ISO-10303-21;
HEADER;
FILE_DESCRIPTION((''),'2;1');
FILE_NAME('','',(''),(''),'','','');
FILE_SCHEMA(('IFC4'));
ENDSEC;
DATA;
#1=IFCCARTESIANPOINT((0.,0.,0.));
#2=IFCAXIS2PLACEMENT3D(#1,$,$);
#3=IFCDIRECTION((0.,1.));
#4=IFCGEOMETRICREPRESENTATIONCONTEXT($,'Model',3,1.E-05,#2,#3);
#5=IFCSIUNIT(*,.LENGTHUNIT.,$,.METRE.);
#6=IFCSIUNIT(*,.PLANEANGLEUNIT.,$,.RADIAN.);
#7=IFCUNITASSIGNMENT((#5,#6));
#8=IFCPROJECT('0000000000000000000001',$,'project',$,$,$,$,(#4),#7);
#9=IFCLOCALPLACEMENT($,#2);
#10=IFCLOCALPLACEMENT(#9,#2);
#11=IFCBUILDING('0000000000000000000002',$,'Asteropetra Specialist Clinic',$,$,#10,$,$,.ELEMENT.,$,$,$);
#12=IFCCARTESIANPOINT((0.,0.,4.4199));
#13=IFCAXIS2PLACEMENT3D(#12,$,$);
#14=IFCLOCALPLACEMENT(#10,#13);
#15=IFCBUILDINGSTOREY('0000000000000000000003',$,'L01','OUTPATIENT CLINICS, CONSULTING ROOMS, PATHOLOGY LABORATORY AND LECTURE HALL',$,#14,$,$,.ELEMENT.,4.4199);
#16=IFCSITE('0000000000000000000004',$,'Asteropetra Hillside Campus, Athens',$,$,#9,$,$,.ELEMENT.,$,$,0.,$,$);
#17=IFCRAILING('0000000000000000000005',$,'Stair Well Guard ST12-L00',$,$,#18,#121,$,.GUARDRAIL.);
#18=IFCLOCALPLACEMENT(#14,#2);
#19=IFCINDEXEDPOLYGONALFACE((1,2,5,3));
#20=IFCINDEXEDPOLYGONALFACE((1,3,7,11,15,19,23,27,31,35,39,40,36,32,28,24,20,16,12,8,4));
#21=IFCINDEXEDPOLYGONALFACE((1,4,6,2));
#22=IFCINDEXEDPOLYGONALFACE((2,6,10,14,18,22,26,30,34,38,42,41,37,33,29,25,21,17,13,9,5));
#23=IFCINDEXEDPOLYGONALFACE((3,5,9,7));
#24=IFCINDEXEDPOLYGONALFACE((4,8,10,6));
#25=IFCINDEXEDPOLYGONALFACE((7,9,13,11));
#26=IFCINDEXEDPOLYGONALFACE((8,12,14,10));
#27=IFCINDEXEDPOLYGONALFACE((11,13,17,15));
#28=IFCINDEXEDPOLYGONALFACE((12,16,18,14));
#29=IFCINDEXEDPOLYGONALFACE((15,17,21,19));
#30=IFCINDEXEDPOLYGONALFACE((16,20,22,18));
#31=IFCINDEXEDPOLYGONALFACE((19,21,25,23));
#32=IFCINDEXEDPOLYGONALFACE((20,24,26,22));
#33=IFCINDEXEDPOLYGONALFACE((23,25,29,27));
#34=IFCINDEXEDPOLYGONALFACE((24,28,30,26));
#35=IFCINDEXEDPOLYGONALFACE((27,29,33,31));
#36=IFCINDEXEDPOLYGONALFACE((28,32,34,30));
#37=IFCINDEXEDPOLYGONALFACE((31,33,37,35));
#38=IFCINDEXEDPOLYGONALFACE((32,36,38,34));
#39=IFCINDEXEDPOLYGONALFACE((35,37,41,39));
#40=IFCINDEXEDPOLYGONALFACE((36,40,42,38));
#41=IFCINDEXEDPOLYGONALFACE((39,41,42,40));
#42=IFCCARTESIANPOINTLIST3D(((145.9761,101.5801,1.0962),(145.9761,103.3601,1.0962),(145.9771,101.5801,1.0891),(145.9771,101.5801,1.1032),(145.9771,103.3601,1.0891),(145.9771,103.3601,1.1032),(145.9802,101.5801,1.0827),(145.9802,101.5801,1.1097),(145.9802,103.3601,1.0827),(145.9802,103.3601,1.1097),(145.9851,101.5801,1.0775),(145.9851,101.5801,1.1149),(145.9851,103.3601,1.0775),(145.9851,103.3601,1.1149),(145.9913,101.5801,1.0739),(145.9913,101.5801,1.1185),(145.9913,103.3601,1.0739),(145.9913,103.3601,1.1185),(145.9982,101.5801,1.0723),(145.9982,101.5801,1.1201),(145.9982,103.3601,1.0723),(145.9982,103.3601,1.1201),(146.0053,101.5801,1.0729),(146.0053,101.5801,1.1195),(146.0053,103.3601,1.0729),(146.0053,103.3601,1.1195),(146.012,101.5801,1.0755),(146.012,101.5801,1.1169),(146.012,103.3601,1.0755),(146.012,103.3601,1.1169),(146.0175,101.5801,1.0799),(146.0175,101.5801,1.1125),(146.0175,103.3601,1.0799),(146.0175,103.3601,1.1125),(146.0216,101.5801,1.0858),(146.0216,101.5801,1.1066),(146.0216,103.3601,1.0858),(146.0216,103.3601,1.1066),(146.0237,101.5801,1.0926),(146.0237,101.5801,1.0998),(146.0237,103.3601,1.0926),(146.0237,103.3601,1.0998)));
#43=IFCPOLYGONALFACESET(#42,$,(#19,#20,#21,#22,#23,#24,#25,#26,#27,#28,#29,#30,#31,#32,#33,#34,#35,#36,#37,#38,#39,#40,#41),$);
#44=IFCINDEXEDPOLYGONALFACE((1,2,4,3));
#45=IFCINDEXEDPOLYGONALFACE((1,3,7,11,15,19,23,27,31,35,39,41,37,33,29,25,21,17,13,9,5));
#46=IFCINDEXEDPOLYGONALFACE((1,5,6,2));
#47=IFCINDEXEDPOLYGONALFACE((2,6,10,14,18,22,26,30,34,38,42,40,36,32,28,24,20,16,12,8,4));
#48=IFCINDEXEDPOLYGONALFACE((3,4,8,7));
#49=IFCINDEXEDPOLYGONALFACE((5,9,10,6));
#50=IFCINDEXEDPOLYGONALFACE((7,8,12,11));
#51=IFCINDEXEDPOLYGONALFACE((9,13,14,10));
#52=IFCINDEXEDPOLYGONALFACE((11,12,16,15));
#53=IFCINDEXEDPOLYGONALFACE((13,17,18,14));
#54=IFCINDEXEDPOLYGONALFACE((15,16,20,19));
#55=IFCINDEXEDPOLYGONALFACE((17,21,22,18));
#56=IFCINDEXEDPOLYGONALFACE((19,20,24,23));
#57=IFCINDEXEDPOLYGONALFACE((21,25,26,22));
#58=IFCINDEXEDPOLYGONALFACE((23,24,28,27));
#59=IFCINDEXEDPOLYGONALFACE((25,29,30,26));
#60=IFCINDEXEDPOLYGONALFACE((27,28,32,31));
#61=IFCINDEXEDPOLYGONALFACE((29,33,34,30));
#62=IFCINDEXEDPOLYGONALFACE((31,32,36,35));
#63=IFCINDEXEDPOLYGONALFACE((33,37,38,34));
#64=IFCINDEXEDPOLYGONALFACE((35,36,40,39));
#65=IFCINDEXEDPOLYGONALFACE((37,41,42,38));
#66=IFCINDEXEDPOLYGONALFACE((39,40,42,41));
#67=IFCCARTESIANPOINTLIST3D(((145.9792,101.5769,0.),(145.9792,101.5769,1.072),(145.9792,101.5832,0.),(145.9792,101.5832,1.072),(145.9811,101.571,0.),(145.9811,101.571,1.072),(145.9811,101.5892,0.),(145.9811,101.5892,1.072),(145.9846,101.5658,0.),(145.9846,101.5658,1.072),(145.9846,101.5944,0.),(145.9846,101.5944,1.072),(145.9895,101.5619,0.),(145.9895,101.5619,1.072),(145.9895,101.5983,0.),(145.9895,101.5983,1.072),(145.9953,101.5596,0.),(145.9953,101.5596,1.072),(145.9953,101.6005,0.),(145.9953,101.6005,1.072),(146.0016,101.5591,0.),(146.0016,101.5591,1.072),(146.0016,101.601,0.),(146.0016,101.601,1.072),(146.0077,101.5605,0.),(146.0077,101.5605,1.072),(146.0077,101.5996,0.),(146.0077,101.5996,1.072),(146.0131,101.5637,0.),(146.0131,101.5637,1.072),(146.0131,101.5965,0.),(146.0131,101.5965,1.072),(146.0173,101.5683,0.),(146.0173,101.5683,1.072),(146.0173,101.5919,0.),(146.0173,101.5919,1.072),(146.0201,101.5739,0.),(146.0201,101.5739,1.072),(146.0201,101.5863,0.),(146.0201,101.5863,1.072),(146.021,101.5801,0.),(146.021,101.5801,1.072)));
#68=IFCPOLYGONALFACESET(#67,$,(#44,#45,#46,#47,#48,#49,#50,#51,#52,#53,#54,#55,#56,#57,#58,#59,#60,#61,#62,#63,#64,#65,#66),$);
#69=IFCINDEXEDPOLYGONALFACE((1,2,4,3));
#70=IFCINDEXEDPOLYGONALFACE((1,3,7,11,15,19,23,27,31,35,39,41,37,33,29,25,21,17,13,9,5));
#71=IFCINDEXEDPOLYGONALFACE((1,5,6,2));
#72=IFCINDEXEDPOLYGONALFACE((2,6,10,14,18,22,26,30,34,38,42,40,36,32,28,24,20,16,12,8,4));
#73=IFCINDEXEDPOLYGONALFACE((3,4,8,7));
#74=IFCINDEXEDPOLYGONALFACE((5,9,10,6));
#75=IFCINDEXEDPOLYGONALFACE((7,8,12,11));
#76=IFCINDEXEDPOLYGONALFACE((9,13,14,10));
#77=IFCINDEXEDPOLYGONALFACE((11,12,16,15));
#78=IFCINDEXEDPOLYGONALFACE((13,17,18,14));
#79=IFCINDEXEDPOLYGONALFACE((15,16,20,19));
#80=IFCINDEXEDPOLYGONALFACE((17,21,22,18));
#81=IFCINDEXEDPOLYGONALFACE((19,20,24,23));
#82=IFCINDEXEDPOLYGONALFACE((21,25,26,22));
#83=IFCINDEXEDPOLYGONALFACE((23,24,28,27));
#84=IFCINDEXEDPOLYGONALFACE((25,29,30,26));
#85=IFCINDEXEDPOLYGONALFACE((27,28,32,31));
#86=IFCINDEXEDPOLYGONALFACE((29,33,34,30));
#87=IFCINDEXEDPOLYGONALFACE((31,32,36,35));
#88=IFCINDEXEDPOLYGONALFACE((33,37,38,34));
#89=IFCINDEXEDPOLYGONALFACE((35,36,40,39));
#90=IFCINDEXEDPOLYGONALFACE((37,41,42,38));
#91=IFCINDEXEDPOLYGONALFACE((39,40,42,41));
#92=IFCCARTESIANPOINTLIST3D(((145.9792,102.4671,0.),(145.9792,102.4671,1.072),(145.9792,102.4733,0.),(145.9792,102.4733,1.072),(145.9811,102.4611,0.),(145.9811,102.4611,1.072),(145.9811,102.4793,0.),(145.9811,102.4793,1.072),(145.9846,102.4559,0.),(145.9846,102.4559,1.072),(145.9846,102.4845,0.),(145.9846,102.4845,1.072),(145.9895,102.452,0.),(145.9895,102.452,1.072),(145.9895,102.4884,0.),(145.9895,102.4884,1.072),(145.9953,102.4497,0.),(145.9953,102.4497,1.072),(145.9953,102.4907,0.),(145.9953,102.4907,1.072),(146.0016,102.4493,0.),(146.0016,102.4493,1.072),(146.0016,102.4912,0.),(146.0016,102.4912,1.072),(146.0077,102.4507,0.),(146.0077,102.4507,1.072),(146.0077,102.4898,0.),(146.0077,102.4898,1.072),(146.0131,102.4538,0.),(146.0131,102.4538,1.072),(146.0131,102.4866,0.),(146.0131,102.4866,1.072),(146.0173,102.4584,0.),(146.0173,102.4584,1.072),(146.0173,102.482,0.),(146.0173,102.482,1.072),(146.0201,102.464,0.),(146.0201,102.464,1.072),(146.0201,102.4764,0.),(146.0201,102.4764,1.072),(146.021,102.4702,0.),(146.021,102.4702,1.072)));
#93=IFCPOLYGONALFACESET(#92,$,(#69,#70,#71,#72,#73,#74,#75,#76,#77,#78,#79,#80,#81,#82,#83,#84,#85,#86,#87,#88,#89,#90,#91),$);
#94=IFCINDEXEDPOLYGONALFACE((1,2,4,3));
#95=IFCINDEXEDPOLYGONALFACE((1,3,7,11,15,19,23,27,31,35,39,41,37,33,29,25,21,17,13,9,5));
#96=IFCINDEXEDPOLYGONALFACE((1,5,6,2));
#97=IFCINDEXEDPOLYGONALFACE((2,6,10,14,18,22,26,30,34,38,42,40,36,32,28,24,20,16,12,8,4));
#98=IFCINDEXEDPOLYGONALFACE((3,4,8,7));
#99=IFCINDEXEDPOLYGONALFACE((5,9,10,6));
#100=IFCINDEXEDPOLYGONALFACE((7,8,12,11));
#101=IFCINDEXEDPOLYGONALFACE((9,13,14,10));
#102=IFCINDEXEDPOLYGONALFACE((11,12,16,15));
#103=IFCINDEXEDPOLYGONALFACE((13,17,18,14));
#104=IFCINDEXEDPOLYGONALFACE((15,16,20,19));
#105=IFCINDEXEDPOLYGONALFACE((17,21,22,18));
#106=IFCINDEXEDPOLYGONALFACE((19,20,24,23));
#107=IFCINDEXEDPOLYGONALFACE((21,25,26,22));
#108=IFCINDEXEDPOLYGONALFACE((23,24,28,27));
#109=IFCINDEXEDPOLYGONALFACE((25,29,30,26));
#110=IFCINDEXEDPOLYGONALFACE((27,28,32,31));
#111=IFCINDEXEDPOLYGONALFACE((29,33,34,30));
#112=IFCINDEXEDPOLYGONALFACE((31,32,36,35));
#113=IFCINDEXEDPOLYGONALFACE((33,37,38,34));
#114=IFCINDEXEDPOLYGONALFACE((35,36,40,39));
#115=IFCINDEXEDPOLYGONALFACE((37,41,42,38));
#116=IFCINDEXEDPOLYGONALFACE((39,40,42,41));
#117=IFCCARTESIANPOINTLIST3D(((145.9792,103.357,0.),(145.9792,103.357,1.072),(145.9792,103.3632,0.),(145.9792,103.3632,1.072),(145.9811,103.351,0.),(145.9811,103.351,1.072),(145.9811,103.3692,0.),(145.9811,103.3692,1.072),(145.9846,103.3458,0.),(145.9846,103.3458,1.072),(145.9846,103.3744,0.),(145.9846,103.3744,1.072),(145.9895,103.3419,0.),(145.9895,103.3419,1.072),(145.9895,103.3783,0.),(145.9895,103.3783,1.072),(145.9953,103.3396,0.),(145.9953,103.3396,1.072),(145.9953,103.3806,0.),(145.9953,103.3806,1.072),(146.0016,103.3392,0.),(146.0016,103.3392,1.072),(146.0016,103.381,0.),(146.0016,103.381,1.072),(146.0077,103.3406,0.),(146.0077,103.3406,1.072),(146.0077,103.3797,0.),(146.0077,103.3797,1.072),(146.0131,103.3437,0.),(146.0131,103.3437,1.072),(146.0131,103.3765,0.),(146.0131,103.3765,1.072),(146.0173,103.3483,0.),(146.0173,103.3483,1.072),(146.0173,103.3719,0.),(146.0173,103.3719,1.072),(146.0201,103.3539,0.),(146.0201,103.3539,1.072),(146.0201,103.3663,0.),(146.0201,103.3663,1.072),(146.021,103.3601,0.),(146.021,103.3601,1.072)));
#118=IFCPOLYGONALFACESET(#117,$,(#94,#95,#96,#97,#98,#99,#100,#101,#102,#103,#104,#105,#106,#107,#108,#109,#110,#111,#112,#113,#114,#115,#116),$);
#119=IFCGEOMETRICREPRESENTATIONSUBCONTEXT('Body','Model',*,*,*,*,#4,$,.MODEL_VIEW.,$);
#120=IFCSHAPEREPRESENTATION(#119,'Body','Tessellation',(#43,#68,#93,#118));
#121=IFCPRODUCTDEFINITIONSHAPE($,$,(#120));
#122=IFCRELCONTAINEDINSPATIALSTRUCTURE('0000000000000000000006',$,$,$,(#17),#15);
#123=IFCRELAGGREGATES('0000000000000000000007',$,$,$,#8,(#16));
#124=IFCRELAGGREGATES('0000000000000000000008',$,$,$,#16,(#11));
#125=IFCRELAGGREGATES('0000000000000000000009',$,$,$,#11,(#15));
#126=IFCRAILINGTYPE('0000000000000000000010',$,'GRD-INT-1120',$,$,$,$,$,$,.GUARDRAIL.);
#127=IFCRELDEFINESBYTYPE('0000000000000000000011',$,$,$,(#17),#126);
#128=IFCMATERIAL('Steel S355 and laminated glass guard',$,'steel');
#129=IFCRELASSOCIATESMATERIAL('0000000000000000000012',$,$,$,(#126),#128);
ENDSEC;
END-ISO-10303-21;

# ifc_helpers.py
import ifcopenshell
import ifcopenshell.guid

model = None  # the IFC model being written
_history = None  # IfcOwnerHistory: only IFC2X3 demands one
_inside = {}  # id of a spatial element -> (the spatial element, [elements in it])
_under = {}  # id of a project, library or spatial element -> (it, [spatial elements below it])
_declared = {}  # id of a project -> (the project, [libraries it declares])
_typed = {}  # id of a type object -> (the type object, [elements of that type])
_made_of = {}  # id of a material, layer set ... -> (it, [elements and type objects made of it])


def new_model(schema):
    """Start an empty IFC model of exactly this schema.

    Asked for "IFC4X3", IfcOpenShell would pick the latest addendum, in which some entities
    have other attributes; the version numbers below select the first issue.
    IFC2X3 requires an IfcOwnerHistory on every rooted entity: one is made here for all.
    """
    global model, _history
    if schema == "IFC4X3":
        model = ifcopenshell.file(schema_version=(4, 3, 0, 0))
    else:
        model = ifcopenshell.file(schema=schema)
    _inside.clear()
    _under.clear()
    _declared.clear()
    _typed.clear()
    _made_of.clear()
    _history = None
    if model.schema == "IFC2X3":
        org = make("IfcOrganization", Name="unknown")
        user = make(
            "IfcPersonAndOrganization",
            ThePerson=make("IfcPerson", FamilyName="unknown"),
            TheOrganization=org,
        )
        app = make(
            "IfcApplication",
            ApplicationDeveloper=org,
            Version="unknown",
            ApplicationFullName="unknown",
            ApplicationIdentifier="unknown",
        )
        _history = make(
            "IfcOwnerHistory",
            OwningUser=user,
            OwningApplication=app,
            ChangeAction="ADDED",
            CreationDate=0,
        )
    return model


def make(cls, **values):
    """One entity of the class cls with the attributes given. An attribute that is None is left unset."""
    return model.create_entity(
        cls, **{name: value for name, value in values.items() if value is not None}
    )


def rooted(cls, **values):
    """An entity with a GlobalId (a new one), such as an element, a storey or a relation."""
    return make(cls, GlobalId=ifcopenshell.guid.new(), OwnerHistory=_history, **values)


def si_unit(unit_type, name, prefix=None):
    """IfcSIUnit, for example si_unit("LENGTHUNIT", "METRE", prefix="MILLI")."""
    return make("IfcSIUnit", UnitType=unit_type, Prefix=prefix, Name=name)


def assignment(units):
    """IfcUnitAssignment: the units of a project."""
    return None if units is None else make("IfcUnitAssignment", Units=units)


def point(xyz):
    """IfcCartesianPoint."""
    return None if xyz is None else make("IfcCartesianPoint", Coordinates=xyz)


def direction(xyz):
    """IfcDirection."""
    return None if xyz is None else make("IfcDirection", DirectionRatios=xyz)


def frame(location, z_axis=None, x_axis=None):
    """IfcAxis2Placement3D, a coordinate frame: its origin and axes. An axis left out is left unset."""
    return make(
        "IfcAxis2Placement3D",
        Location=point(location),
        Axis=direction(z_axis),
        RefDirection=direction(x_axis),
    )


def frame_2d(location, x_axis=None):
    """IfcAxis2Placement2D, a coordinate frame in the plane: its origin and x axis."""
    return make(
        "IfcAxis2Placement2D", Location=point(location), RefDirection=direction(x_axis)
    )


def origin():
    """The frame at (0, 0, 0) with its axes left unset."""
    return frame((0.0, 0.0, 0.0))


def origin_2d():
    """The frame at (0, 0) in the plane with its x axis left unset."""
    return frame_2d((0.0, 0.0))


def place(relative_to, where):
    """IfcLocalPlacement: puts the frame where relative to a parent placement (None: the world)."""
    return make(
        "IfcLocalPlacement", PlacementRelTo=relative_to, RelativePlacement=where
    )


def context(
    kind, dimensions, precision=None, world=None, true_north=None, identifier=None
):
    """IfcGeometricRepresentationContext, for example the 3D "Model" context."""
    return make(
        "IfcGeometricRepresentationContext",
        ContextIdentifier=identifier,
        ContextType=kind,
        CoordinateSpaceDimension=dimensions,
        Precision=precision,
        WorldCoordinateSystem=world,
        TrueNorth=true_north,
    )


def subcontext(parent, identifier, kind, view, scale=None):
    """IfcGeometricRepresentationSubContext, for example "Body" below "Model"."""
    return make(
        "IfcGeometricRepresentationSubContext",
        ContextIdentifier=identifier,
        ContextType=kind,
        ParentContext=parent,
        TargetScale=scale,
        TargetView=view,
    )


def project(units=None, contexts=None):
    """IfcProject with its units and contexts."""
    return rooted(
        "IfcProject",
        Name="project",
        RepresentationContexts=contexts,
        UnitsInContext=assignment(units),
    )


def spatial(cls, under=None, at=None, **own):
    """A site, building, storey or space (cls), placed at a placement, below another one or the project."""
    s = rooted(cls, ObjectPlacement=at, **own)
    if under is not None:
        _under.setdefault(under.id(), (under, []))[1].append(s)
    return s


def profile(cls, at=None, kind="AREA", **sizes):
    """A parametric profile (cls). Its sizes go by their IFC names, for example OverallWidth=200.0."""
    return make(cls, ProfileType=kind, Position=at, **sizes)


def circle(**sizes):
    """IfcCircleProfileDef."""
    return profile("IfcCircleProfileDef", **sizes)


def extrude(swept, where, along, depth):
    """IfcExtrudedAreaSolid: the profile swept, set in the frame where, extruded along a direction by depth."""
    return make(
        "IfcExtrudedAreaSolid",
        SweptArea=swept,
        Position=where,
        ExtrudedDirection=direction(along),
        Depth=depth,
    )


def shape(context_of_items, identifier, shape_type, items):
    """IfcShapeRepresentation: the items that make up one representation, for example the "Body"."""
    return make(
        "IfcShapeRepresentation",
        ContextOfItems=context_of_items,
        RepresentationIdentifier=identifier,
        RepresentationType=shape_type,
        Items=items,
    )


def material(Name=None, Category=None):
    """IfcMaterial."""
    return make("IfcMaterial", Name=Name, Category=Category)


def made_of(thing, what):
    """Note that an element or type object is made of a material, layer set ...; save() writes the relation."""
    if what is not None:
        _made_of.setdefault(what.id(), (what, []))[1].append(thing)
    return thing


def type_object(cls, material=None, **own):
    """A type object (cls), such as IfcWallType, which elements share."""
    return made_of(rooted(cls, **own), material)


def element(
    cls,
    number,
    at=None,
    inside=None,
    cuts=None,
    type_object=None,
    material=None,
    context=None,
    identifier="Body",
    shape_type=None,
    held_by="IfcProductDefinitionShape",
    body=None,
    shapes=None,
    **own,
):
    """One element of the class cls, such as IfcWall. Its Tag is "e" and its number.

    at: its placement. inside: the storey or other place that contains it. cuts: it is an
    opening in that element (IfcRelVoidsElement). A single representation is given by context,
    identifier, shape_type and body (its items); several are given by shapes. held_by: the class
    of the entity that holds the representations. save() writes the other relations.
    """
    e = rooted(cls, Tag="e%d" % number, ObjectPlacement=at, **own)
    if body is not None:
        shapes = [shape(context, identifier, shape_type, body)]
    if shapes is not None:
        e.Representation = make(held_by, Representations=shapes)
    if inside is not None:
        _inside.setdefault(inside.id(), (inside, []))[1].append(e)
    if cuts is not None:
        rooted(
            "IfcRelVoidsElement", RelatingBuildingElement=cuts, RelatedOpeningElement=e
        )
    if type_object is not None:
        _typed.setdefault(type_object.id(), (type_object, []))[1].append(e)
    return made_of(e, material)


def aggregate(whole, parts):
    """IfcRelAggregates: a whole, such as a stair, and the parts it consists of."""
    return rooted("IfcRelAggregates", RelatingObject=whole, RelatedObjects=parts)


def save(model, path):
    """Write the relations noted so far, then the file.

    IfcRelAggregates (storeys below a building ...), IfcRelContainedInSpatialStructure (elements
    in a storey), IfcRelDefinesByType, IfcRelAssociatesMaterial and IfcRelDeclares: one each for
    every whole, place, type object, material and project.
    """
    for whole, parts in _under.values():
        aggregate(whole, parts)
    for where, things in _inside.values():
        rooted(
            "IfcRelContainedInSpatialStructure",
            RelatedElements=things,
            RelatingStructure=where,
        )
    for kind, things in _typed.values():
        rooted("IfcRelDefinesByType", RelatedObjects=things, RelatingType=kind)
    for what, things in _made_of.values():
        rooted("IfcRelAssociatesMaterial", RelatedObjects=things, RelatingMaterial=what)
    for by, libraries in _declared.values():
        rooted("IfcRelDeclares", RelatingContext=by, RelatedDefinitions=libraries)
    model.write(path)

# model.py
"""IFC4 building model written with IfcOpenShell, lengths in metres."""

from ifc_helpers import new_model, si_unit, direction, frame, origin, origin_2d, place, context, subcontext, project, spatial, circle, extrude, material, type_object, element, save


model = new_model("IFC4")

# Units and contexts
model_context = context("Model", 3, precision=1e-05, world=origin(), true_north=direction((0.0, 1.0)))
body_context = subcontext(model_context, "Body", "Model", "MODEL_VIEW")
ifc_project = project(units=[si_unit("LENGTHUNIT", "METRE"), si_unit("PLANEANGLEUNIT", "RADIAN")], contexts=[model_context])

# Site, building, storey
site_placement = place(None, origin())
site = spatial("IfcSite", under=ifc_project, at=site_placement, Name="Asteropetra Hillside Campus, Athens", CompositionType="ELEMENT", RefElevation=0.0)
building_placement = place(site_placement, origin())
building = spatial("IfcBuilding", under=site, at=building_placement, Name="Asteropetra Specialist Clinic", CompositionType="ELEMENT")
storey_placement = place(building_placement, frame((0.0, 0.0, 4.4199)))
storey = spatial("IfcBuildingStorey", under=building, at=storey_placement, Name="L01", Description="OUTPATIENT CLINICS, CONSULTING ROOMS, PATHOLOGY LABORATORY AND LECTURE HALL", CompositionType="ELEMENT", Elevation=4.4199)

# Railing
ifc_material_1 = material(Name="Steel S355 and laminated glass guard", Category="steel")
railing_type = type_object("IfcRailingType", Name="GRD-INT-1120", PredefinedType="GUARDRAIL", material=ifc_material_1)
railing_1_placement = place(storey_placement, frame((146.0, 101.5801, 0.0)))
element("IfcRailing", 1, at=railing_1_placement, inside=storey, type_object=railing_type, Name="Stair Well Guard ST12-L00", PredefinedType="GUARDRAIL", context=body_context, shape_type="SweptSolid", body=[
    extrude(circle(Radius=0.0239, at=origin_2d()), frame((0.0, 0.0, 1.0962), z_axis=(0.0, 1.0, 0.0), x_axis=(-1.0, 0.0, 0.0)), (0.0, 0.0, 1.0), 1.78),
    extrude(circle(Radius=0.021, at=origin_2d()), origin(), (0.0, 0.0, 1.0), 1.072),
    extrude(circle(Radius=0.021, at=origin_2d()), frame((0.0, 0.8901, 0.0)), (0.0, 0.0, 1.0), 1.072),
    extrude(circle(Radius=0.021, at=origin_2d()), frame((0.0, 1.78, 0.0)), (0.0, 0.0, 1.0), 1.072),
])

save(model, "model.ifc")
